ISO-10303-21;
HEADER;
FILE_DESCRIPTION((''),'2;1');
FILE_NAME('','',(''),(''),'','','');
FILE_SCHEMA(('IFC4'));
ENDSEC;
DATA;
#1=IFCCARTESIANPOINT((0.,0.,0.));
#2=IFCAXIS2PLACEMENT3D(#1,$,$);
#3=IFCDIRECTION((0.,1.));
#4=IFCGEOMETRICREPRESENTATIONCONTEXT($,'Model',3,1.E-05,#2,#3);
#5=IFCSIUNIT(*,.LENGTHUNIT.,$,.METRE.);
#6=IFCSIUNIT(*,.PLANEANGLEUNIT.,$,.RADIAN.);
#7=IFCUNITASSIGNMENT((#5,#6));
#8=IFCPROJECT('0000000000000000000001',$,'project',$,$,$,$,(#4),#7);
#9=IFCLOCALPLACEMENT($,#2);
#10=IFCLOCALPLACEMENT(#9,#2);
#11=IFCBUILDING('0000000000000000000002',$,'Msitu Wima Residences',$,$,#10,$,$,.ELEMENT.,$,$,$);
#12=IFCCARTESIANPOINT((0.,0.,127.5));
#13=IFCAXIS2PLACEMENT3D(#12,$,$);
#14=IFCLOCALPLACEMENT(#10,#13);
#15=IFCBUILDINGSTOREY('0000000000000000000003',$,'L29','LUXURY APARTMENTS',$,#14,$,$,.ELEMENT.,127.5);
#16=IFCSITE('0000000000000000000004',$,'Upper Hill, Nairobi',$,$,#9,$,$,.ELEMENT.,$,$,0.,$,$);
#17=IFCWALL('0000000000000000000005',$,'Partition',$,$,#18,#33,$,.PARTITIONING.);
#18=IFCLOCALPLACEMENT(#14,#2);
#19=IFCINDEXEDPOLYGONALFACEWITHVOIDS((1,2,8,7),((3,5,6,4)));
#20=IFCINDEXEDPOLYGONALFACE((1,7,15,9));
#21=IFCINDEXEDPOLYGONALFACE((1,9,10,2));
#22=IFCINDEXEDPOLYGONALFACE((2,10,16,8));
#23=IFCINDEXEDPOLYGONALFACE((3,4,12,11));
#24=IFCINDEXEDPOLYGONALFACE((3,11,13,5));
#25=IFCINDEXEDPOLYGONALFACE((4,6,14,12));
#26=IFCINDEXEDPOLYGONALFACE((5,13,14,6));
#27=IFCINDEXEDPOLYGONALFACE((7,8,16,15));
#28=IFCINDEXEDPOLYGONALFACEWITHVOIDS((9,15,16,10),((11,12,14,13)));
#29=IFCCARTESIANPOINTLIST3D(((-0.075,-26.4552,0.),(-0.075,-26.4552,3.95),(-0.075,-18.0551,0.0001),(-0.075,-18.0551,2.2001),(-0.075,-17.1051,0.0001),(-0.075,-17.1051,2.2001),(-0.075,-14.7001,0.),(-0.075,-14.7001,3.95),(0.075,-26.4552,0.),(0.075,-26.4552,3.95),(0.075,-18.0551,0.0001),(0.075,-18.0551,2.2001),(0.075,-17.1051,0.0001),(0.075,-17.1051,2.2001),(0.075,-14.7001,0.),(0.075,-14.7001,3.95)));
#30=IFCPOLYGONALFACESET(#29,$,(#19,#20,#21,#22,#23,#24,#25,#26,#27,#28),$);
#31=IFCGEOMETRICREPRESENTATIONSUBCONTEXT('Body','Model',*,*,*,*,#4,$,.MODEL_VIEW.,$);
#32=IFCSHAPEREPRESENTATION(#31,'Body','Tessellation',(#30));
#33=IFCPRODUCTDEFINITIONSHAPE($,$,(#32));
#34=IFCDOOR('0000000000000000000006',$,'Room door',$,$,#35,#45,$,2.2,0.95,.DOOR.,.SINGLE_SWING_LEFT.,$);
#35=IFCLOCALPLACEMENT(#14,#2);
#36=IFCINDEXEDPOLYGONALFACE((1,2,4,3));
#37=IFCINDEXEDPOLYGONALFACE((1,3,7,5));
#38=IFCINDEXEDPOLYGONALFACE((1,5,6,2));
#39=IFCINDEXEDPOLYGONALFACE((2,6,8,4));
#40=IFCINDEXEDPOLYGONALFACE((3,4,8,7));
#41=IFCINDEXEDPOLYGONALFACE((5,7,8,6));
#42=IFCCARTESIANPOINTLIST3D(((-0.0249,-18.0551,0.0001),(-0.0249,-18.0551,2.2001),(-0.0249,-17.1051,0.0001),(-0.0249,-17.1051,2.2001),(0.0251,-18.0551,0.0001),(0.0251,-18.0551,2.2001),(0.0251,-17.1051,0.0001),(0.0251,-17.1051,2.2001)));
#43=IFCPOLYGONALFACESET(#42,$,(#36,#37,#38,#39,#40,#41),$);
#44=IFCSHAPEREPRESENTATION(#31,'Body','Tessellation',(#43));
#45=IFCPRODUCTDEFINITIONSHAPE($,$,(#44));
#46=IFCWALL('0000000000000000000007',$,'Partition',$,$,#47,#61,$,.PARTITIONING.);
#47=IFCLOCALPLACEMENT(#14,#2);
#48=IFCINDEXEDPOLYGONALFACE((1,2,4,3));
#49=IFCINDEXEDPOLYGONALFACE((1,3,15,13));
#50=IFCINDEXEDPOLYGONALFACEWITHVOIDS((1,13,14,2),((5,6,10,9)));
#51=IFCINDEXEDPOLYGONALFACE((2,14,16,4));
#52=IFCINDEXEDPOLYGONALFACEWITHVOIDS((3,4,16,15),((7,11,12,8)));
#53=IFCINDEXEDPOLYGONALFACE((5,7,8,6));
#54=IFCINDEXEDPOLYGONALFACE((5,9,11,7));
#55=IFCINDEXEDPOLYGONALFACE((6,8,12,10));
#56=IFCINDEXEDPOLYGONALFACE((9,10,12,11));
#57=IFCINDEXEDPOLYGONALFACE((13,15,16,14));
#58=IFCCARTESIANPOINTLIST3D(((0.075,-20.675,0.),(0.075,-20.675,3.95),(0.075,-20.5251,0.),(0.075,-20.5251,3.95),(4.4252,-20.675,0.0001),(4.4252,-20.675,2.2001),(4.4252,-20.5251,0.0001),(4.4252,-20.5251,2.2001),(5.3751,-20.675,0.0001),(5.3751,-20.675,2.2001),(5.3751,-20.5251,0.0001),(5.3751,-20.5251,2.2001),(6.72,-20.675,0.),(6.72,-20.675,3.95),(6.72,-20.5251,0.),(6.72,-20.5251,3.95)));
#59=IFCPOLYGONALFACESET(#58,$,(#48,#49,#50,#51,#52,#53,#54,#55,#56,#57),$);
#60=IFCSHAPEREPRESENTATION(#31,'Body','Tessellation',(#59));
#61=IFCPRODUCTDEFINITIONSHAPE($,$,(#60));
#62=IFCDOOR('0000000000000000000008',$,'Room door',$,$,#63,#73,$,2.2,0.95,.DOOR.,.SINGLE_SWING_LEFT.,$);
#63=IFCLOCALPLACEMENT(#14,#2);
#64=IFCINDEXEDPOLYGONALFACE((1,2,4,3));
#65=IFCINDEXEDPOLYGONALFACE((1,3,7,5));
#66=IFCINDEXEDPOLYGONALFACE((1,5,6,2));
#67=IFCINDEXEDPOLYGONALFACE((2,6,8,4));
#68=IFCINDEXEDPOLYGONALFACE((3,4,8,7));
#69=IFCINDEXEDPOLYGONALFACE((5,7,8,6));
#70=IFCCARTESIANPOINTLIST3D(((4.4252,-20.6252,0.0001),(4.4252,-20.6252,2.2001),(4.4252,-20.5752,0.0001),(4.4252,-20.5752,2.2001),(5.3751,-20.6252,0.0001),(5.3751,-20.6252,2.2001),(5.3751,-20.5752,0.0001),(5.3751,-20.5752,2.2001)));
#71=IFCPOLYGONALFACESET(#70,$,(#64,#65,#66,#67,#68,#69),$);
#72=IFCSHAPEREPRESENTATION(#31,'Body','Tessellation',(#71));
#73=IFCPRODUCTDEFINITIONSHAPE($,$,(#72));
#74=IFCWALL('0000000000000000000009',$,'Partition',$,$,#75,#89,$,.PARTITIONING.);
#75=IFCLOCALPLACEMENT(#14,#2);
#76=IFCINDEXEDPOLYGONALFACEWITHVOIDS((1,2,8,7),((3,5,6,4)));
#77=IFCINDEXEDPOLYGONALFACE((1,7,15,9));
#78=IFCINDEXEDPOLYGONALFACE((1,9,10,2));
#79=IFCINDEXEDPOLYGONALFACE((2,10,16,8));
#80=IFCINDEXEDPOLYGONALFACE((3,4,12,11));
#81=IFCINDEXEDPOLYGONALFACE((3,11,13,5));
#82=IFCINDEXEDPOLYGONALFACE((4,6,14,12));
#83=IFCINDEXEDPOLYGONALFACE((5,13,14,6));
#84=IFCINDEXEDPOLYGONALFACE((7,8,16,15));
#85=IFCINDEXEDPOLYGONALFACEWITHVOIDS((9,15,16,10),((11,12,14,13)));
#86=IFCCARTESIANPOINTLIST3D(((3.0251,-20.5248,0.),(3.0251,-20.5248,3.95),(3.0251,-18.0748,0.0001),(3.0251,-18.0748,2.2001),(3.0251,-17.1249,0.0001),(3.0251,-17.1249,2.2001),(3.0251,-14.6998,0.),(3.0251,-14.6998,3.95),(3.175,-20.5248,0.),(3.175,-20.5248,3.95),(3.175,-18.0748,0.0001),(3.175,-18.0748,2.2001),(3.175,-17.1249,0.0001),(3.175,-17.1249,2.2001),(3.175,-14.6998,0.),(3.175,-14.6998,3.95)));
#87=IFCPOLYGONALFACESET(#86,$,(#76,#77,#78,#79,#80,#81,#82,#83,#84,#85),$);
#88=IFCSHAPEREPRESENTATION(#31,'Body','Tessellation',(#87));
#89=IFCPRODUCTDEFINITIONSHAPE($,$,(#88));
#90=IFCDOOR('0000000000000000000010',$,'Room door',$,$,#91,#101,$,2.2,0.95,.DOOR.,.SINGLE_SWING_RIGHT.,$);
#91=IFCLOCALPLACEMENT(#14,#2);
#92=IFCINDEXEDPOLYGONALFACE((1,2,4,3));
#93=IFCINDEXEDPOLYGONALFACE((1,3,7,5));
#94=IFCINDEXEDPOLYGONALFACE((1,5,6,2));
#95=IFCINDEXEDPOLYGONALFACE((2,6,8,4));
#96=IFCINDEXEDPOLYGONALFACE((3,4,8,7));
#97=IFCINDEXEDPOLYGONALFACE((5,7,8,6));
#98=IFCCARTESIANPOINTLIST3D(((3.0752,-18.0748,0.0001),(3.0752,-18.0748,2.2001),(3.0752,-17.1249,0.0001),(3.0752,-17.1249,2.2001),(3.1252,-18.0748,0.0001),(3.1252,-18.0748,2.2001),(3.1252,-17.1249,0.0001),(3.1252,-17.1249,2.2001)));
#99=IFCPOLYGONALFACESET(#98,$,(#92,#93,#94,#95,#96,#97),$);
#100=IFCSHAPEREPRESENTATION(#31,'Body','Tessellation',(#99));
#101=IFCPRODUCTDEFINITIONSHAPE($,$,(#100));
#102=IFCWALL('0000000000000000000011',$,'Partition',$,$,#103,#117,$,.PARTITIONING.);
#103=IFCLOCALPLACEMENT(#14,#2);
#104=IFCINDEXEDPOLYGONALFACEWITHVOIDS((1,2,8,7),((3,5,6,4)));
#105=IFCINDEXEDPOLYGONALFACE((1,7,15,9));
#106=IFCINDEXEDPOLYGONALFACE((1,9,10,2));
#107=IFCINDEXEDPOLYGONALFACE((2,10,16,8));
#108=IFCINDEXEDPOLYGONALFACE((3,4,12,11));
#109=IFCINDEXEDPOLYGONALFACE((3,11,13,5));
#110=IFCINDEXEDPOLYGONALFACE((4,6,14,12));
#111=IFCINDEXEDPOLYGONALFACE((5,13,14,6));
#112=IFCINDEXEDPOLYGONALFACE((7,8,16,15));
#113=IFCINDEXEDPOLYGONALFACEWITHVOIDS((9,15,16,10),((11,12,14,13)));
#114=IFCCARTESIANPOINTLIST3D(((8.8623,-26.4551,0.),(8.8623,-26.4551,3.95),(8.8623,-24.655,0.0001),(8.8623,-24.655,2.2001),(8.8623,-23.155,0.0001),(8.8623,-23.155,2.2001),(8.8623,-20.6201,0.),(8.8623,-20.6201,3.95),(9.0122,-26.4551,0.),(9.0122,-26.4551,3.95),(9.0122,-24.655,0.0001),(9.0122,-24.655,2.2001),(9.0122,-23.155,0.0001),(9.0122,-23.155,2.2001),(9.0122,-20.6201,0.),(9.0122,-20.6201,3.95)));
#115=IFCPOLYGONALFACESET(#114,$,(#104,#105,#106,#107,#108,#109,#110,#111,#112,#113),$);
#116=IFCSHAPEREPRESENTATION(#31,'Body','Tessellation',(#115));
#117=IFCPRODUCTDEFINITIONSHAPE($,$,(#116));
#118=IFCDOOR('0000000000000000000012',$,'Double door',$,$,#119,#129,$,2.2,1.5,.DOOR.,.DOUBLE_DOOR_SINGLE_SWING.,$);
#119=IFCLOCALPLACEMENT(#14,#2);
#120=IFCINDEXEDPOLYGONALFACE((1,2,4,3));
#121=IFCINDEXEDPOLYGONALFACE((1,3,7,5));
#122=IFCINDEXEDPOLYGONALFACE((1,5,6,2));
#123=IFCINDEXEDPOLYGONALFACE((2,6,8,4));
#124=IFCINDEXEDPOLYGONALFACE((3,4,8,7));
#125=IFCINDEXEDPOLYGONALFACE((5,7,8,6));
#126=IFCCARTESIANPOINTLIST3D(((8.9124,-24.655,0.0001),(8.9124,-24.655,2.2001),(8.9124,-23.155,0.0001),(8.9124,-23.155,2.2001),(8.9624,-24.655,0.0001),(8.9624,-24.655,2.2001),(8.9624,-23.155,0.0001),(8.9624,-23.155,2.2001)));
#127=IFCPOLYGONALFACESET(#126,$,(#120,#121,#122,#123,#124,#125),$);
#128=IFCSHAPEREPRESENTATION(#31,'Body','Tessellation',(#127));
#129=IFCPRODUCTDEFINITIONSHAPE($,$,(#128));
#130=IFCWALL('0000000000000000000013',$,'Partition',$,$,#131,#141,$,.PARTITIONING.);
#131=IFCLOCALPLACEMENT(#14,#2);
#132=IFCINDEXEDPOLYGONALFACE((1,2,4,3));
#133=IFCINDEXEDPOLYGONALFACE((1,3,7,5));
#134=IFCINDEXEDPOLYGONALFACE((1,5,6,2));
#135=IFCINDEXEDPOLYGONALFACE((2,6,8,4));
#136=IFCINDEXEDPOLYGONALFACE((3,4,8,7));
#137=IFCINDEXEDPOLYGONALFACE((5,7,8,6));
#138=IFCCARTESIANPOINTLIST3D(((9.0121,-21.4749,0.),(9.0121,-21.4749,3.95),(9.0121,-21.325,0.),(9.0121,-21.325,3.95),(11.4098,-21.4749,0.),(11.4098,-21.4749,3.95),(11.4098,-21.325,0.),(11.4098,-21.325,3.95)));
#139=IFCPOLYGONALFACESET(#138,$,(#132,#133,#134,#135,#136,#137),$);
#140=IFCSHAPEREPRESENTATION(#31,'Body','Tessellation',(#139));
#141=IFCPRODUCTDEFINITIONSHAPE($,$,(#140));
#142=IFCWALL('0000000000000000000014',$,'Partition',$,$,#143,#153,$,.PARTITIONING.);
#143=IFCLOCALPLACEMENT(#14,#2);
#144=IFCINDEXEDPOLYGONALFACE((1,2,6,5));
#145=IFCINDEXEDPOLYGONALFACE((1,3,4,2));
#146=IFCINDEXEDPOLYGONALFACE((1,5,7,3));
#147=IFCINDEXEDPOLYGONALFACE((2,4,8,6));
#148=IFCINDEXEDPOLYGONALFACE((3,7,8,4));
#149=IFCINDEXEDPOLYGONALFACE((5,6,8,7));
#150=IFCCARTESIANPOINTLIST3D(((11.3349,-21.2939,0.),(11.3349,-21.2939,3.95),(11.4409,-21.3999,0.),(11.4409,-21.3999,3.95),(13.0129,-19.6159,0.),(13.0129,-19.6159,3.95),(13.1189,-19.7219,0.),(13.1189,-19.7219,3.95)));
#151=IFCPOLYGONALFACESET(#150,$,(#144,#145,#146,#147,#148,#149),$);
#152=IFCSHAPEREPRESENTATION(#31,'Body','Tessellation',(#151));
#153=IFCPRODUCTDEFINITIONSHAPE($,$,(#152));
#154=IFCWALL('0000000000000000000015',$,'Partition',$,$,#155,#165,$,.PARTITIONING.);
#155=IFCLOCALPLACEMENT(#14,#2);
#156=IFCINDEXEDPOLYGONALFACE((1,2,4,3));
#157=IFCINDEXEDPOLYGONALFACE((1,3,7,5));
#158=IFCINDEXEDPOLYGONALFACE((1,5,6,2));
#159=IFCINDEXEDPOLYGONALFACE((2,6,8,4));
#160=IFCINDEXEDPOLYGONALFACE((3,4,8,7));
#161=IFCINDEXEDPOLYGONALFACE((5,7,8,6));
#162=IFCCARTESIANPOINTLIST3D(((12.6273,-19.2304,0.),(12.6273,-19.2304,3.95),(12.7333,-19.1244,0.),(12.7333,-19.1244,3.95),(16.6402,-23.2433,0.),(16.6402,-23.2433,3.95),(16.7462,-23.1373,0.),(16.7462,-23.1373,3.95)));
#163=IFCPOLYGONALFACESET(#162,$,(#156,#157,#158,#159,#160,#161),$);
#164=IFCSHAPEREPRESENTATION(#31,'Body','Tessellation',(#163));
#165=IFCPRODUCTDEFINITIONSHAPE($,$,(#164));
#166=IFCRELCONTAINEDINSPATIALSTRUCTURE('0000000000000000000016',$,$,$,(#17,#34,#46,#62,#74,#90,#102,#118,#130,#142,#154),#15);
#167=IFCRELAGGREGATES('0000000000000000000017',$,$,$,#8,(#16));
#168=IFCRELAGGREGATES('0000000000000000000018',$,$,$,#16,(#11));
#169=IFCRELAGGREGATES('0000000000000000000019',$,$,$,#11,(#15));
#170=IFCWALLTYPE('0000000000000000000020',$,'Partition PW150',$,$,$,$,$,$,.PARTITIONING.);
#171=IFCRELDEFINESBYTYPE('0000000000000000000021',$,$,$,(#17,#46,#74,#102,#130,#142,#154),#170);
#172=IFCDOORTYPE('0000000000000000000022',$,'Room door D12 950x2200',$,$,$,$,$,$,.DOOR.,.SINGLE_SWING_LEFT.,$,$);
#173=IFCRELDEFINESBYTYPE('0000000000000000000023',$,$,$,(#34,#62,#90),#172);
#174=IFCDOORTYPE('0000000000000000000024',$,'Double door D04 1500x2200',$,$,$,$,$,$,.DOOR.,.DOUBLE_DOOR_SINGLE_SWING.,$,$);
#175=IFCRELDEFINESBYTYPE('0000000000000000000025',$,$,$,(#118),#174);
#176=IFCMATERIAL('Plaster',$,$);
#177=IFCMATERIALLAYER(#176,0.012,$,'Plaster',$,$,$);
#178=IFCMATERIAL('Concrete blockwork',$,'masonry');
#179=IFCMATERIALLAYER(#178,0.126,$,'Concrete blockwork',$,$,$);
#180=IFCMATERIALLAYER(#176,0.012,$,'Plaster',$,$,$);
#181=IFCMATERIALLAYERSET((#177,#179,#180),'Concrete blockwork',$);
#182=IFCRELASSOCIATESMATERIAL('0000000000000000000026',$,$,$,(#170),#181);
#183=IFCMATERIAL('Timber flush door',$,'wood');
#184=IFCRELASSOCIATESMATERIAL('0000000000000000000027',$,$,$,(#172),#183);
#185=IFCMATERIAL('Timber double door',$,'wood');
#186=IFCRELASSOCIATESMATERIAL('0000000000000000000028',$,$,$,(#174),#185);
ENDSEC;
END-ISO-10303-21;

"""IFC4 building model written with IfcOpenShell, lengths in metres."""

from ifc_helpers import new_model, si_unit, direction, frame, frame_2d, origin, place, context, subcontext, project, spatial, rectangle, extrude, material, layer, layer_set, type_object, element, fill, save


model = new_model("IFC4")

# Units and contexts
model_context = context("Model", 3, precision=1e-05, world=origin(), true_north=direction((0.0, 1.0)))
body_context = subcontext(model_context, "Body", "Model", "MODEL_VIEW")
ifc_project = project(units=[si_unit("LENGTHUNIT", "METRE"), si_unit("PLANEANGLEUNIT", "RADIAN")], contexts=[model_context])

# Site, building, storey
site_placement = place(None, origin())
site = spatial("IfcSite", under=ifc_project, at=site_placement, Name="Upper Hill, Nairobi", CompositionType="ELEMENT", RefElevation=0.0)
building_placement = place(site_placement, origin())
building = spatial("IfcBuilding", under=site, at=building_placement, Name="Msitu Wima Residences", CompositionType="ELEMENT")
storey_placement = place(building_placement, frame((0.0, 0.0, 127.5)))
storey = spatial("IfcBuildingStorey", under=building, at=storey_placement, Name="L29", Description="LUXURY APARTMENTS", CompositionType="ELEMENT", Elevation=127.5)

# Walls, openings, doors
ifc_material_1 = material(Name="Plaster")
ifc_layer_1 = layer(ifc_material_1, 0.012, Name="Plaster")
ifc_material_2 = material(Name="Concrete blockwork", Category="masonry")
ifc_layer_2 = layer(ifc_material_2, 0.126, Name="Concrete blockwork")
ifc_layer_3 = layer(ifc_material_1, 0.012, Name="Plaster")
ifc_layer_set_1 = layer_set([ifc_layer_1, ifc_layer_2, ifc_layer_3], Name="Concrete blockwork")
wall_type_1 = type_object("IfcWallType", Name="Partition PW150", PredefinedType="PARTITIONING", material=ifc_layer_set_1)
wall_1_placement = place(storey_placement, frame((0.0, -26.4551, 0.0), z_axis=(0.0, 0.0, 1.0), x_axis=(0.0, 1.0, 0.0)))
wall_1 = element("IfcWall", 1, at=wall_1_placement, inside=storey, type_object=wall_type_1, Name="Partition", PredefinedType="PARTITIONING", context=body_context, shape_type="SweptSolid", body=[
    extrude(rectangle(XDim=11.7551, YDim=0.1499, at=frame_2d((5.8774, 0.0))), origin(), (0.0, 0.0, 1.0), 3.95),
])
opening_1_placement = place(wall_1_placement, frame((8.3999, 0.0, 0.0)))
opening_1 = element("IfcOpeningElement", 2, at=opening_1_placement, cuts=wall_1, PredefinedType="OPENING", context=body_context, shape_type="SweptSolid", body=[
    extrude(rectangle(XDim=0.95, YDim=2.2, at=frame_2d((0.4751, 1.1001))), frame((0.0, 0.085, 0.0), z_axis=(0.0, -1.0, 0.0), x_axis=(1.0, 0.0, 0.0)), (0.0, 0.0, 1.0), 0.1699),
])
ifc_material_3 = material(Name="Timber flush door", Category="wood")
door_type_1 = type_object("IfcDoorType", Name="Room door D12 950x2200", OperationType="SINGLE_SWING_LEFT", PredefinedType="DOOR", material=ifc_material_3)
door_1_placement = place(opening_1_placement, origin())
door_1 = element("IfcDoor", 3, at=door_1_placement, inside=storey, type_object=door_type_1, Name="Room door", OperationType="SINGLE_SWING_LEFT", OverallHeight=2.2, OverallWidth=0.95, PredefinedType="DOOR", context=body_context, shape_type="SweptSolid", body=[
    extrude(rectangle(XDim=0.95, YDim=2.2, at=frame_2d((0.4751, 1.1001))), frame((0.0, 0.0249, 0.0), z_axis=(0.0, -1.0, 0.0), x_axis=(1.0, 0.0, 0.0)), (0.0, 0.0, 1.0), 0.05),
])
fill(opening_1, door_1)
wall_2_placement = place(storey_placement, frame((0.075, -20.6001, 0.0), z_axis=(0.0, 0.0, 1.0), x_axis=(1.0, 0.0, 0.0)))
wall_2 = element("IfcWall", 4, at=wall_2_placement, inside=storey, type_object=wall_type_1, Name="Partition", PredefinedType="PARTITIONING", context=body_context, shape_type="SweptSolid", body=[
    extrude(rectangle(XDim=6.645, YDim=0.1499, at=frame_2d((3.3225, 0.0))), origin(), (0.0, 0.0, 1.0), 3.95),
])
opening_2_placement = place(wall_2_placement, frame((4.3501, 0.0, 0.0)))
opening_2 = element("IfcOpeningElement", 5, at=opening_2_placement, cuts=wall_2, PredefinedType="OPENING", context=body_context, shape_type="SweptSolid", body=[
    extrude(rectangle(XDim=0.95, YDim=2.2, at=frame_2d((0.4751, 1.1001))), frame((0.0, 0.085, 0.0), z_axis=(0.0, -1.0, 0.0), x_axis=(1.0, 0.0, 0.0)), (0.0, 0.0, 1.0), 0.1699),
])
door_2_placement = place(opening_2_placement, origin())
door_2 = element("IfcDoor", 6, at=door_2_placement, inside=storey, type_object=door_type_1, Name="Room door", OperationType="SINGLE_SWING_LEFT", OverallHeight=2.2, OverallWidth=0.95, PredefinedType="DOOR", context=body_context, shape_type="SweptSolid", body=[
    extrude(rectangle(XDim=0.95, YDim=2.2, at=frame_2d((0.4751, 1.1001))), frame((0.0, 0.0249, 0.0), z_axis=(0.0, -1.0, 0.0), x_axis=(1.0, 0.0, 0.0)), (0.0, 0.0, 1.0), 0.05),
])
fill(opening_2, door_2)
wall_3_placement = place(storey_placement, frame((3.1001, -20.5249, 0.0), z_axis=(0.0, 0.0, 1.0), x_axis=(0.0, 1.0, 0.0)))
wall_3 = element("IfcWall", 7, at=wall_3_placement, inside=storey, type_object=wall_type_1, Name="Partition", PredefinedType="PARTITIONING", context=body_context, shape_type="SweptSolid", body=[
    extrude(rectangle(XDim=5.825, YDim=0.1499, at=frame_2d((2.9126, 0.0))), origin(), (0.0, 0.0, 1.0), 3.95),
])
opening_3_placement = place(wall_3_placement, frame((2.45, 0.0, 0.0)))
opening_3 = element("IfcOpeningElement", 8, at=opening_3_placement, cuts=wall_3, PredefinedType="OPENING", context=body_context, shape_type="SweptSolid", body=[
    extrude(rectangle(XDim=0.95, YDim=2.2, at=frame_2d((0.4751, 1.1001))), frame((0.0, 0.085, 0.0), z_axis=(0.0, -1.0, 0.0), x_axis=(1.0, 0.0, 0.0)), (0.0, 0.0, 1.0), 0.1699),
])
door_3_placement = place(opening_3_placement, origin())
door_3 = element("IfcDoor", 9, at=door_3_placement, inside=storey, type_object=door_type_1, Name="Room door", OperationType="SINGLE_SWING_RIGHT", OverallHeight=2.2, OverallWidth=0.95, PredefinedType="DOOR", context=body_context, shape_type="SweptSolid", body=[
    extrude(rectangle(XDim=0.95, YDim=2.2, at=frame_2d((0.4751, 1.1001))), frame((0.0, 0.0249, 0.0), z_axis=(0.0, -1.0, 0.0), x_axis=(1.0, 0.0, 0.0)), (0.0, 0.0, 1.0), 0.05),
])
fill(opening_3, door_3)
wall_4_placement = place(storey_placement, frame((8.9373, -26.4551, 0.0), z_axis=(0.0, 0.0, 1.0), x_axis=(0.0, 1.0, 0.0)))
wall_4 = element("IfcWall", 10, at=wall_4_placement, inside=storey, type_object=wall_type_1, Name="Partition", PredefinedType="PARTITIONING", context=body_context, shape_type="SweptSolid", body=[
    extrude(rectangle(XDim=5.835, YDim=0.1499, at=frame_2d((2.9175, 0.0))), origin(), (0.0, 0.0, 1.0), 3.95),
])
opening_4_placement = place(wall_4_placement, frame((1.8, 0.0, 0.0)))
opening_4 = element("IfcOpeningElement", 11, at=opening_4_placement, cuts=wall_4, PredefinedType="OPENING", context=body_context, shape_type="SweptSolid", body=[
    extrude(rectangle(XDim=1.5, YDim=2.2, at=frame_2d((0.75, 1.1001))), frame((0.0, 0.085, 0.0), z_axis=(0.0, -1.0, 0.0), x_axis=(1.0, 0.0, 0.0)), (0.0, 0.0, 1.0), 0.1699),
])
ifc_material_4 = material(Name="Timber double door", Category="wood")
door_type_2 = type_object("IfcDoorType", Name="Double door D04 1500x2200", OperationType="DOUBLE_DOOR_SINGLE_SWING", PredefinedType="DOOR", material=ifc_material_4)
door_4_placement = place(opening_4_placement, origin())
door_4 = element("IfcDoor", 12, at=door_4_placement, inside=storey, type_object=door_type_2, Name="Double door", OperationType="DOUBLE_DOOR_SINGLE_SWING", OverallHeight=2.2, OverallWidth=1.5, PredefinedType="DOOR", context=body_context, shape_type="SweptSolid", body=[
    extrude(rectangle(XDim=1.5, YDim=2.2, at=frame_2d((0.75, 1.1001))), frame((0.0, 0.0249, 0.0), z_axis=(0.0, -1.0, 0.0), x_axis=(1.0, 0.0, 0.0)), (0.0, 0.0, 1.0), 0.05),
])
fill(opening_4, door_4)

# Walls
wall_5_placement = place(storey_placement, frame((9.0122, -21.3999, 0.0), z_axis=(0.0, 0.0, 1.0), x_axis=(1.0, 0.0, 0.0)))
element("IfcWall", 13, at=wall_5_placement, inside=storey, type_object=wall_type_1, Name="Partition", PredefinedType="PARTITIONING", context=body_context, shape_type="SweptSolid", body=[
    extrude(rectangle(XDim=2.3977, YDim=0.1499, at=frame_2d((1.1987, 0.0))), origin(), (0.0, 0.0, 1.0), 3.95),
])
wall_6_placement = place(storey_placement, frame((11.3879, -21.3469, 0.0), z_axis=(0.0, 0.0, 1.0), x_axis=(0.707107, 0.707107, 0.0)))
element("IfcWall", 14, at=wall_6_placement, inside=storey, type_object=wall_type_1, Name="Partition", PredefinedType="PARTITIONING", context=body_context, shape_type="SweptSolid", body=[
    extrude(rectangle(XDim=2.373, YDim=0.1499, at=frame_2d((1.1865, 0.0))), origin(), (0.0, 0.0, 1.0), 3.95),
])
wall_7_placement = place(storey_placement, frame((12.6804, -19.1775, 0.0), z_axis=(0.0, 0.0, 1.0), x_axis=(0.707107, -0.707107, 0.0)))
element("IfcWall", 15, at=wall_7_placement, inside=storey, type_object=wall_type_1, Name="Partition", PredefinedType="PARTITIONING", context=body_context, shape_type="SweptSolid", body=[
    extrude(rectangle(XDim=5.675, YDim=0.1499, at=frame_2d((2.8374, 0.0))), origin(), (0.0, 0.0, 1.0), 3.95),
])

save(model, "model.ifc")
